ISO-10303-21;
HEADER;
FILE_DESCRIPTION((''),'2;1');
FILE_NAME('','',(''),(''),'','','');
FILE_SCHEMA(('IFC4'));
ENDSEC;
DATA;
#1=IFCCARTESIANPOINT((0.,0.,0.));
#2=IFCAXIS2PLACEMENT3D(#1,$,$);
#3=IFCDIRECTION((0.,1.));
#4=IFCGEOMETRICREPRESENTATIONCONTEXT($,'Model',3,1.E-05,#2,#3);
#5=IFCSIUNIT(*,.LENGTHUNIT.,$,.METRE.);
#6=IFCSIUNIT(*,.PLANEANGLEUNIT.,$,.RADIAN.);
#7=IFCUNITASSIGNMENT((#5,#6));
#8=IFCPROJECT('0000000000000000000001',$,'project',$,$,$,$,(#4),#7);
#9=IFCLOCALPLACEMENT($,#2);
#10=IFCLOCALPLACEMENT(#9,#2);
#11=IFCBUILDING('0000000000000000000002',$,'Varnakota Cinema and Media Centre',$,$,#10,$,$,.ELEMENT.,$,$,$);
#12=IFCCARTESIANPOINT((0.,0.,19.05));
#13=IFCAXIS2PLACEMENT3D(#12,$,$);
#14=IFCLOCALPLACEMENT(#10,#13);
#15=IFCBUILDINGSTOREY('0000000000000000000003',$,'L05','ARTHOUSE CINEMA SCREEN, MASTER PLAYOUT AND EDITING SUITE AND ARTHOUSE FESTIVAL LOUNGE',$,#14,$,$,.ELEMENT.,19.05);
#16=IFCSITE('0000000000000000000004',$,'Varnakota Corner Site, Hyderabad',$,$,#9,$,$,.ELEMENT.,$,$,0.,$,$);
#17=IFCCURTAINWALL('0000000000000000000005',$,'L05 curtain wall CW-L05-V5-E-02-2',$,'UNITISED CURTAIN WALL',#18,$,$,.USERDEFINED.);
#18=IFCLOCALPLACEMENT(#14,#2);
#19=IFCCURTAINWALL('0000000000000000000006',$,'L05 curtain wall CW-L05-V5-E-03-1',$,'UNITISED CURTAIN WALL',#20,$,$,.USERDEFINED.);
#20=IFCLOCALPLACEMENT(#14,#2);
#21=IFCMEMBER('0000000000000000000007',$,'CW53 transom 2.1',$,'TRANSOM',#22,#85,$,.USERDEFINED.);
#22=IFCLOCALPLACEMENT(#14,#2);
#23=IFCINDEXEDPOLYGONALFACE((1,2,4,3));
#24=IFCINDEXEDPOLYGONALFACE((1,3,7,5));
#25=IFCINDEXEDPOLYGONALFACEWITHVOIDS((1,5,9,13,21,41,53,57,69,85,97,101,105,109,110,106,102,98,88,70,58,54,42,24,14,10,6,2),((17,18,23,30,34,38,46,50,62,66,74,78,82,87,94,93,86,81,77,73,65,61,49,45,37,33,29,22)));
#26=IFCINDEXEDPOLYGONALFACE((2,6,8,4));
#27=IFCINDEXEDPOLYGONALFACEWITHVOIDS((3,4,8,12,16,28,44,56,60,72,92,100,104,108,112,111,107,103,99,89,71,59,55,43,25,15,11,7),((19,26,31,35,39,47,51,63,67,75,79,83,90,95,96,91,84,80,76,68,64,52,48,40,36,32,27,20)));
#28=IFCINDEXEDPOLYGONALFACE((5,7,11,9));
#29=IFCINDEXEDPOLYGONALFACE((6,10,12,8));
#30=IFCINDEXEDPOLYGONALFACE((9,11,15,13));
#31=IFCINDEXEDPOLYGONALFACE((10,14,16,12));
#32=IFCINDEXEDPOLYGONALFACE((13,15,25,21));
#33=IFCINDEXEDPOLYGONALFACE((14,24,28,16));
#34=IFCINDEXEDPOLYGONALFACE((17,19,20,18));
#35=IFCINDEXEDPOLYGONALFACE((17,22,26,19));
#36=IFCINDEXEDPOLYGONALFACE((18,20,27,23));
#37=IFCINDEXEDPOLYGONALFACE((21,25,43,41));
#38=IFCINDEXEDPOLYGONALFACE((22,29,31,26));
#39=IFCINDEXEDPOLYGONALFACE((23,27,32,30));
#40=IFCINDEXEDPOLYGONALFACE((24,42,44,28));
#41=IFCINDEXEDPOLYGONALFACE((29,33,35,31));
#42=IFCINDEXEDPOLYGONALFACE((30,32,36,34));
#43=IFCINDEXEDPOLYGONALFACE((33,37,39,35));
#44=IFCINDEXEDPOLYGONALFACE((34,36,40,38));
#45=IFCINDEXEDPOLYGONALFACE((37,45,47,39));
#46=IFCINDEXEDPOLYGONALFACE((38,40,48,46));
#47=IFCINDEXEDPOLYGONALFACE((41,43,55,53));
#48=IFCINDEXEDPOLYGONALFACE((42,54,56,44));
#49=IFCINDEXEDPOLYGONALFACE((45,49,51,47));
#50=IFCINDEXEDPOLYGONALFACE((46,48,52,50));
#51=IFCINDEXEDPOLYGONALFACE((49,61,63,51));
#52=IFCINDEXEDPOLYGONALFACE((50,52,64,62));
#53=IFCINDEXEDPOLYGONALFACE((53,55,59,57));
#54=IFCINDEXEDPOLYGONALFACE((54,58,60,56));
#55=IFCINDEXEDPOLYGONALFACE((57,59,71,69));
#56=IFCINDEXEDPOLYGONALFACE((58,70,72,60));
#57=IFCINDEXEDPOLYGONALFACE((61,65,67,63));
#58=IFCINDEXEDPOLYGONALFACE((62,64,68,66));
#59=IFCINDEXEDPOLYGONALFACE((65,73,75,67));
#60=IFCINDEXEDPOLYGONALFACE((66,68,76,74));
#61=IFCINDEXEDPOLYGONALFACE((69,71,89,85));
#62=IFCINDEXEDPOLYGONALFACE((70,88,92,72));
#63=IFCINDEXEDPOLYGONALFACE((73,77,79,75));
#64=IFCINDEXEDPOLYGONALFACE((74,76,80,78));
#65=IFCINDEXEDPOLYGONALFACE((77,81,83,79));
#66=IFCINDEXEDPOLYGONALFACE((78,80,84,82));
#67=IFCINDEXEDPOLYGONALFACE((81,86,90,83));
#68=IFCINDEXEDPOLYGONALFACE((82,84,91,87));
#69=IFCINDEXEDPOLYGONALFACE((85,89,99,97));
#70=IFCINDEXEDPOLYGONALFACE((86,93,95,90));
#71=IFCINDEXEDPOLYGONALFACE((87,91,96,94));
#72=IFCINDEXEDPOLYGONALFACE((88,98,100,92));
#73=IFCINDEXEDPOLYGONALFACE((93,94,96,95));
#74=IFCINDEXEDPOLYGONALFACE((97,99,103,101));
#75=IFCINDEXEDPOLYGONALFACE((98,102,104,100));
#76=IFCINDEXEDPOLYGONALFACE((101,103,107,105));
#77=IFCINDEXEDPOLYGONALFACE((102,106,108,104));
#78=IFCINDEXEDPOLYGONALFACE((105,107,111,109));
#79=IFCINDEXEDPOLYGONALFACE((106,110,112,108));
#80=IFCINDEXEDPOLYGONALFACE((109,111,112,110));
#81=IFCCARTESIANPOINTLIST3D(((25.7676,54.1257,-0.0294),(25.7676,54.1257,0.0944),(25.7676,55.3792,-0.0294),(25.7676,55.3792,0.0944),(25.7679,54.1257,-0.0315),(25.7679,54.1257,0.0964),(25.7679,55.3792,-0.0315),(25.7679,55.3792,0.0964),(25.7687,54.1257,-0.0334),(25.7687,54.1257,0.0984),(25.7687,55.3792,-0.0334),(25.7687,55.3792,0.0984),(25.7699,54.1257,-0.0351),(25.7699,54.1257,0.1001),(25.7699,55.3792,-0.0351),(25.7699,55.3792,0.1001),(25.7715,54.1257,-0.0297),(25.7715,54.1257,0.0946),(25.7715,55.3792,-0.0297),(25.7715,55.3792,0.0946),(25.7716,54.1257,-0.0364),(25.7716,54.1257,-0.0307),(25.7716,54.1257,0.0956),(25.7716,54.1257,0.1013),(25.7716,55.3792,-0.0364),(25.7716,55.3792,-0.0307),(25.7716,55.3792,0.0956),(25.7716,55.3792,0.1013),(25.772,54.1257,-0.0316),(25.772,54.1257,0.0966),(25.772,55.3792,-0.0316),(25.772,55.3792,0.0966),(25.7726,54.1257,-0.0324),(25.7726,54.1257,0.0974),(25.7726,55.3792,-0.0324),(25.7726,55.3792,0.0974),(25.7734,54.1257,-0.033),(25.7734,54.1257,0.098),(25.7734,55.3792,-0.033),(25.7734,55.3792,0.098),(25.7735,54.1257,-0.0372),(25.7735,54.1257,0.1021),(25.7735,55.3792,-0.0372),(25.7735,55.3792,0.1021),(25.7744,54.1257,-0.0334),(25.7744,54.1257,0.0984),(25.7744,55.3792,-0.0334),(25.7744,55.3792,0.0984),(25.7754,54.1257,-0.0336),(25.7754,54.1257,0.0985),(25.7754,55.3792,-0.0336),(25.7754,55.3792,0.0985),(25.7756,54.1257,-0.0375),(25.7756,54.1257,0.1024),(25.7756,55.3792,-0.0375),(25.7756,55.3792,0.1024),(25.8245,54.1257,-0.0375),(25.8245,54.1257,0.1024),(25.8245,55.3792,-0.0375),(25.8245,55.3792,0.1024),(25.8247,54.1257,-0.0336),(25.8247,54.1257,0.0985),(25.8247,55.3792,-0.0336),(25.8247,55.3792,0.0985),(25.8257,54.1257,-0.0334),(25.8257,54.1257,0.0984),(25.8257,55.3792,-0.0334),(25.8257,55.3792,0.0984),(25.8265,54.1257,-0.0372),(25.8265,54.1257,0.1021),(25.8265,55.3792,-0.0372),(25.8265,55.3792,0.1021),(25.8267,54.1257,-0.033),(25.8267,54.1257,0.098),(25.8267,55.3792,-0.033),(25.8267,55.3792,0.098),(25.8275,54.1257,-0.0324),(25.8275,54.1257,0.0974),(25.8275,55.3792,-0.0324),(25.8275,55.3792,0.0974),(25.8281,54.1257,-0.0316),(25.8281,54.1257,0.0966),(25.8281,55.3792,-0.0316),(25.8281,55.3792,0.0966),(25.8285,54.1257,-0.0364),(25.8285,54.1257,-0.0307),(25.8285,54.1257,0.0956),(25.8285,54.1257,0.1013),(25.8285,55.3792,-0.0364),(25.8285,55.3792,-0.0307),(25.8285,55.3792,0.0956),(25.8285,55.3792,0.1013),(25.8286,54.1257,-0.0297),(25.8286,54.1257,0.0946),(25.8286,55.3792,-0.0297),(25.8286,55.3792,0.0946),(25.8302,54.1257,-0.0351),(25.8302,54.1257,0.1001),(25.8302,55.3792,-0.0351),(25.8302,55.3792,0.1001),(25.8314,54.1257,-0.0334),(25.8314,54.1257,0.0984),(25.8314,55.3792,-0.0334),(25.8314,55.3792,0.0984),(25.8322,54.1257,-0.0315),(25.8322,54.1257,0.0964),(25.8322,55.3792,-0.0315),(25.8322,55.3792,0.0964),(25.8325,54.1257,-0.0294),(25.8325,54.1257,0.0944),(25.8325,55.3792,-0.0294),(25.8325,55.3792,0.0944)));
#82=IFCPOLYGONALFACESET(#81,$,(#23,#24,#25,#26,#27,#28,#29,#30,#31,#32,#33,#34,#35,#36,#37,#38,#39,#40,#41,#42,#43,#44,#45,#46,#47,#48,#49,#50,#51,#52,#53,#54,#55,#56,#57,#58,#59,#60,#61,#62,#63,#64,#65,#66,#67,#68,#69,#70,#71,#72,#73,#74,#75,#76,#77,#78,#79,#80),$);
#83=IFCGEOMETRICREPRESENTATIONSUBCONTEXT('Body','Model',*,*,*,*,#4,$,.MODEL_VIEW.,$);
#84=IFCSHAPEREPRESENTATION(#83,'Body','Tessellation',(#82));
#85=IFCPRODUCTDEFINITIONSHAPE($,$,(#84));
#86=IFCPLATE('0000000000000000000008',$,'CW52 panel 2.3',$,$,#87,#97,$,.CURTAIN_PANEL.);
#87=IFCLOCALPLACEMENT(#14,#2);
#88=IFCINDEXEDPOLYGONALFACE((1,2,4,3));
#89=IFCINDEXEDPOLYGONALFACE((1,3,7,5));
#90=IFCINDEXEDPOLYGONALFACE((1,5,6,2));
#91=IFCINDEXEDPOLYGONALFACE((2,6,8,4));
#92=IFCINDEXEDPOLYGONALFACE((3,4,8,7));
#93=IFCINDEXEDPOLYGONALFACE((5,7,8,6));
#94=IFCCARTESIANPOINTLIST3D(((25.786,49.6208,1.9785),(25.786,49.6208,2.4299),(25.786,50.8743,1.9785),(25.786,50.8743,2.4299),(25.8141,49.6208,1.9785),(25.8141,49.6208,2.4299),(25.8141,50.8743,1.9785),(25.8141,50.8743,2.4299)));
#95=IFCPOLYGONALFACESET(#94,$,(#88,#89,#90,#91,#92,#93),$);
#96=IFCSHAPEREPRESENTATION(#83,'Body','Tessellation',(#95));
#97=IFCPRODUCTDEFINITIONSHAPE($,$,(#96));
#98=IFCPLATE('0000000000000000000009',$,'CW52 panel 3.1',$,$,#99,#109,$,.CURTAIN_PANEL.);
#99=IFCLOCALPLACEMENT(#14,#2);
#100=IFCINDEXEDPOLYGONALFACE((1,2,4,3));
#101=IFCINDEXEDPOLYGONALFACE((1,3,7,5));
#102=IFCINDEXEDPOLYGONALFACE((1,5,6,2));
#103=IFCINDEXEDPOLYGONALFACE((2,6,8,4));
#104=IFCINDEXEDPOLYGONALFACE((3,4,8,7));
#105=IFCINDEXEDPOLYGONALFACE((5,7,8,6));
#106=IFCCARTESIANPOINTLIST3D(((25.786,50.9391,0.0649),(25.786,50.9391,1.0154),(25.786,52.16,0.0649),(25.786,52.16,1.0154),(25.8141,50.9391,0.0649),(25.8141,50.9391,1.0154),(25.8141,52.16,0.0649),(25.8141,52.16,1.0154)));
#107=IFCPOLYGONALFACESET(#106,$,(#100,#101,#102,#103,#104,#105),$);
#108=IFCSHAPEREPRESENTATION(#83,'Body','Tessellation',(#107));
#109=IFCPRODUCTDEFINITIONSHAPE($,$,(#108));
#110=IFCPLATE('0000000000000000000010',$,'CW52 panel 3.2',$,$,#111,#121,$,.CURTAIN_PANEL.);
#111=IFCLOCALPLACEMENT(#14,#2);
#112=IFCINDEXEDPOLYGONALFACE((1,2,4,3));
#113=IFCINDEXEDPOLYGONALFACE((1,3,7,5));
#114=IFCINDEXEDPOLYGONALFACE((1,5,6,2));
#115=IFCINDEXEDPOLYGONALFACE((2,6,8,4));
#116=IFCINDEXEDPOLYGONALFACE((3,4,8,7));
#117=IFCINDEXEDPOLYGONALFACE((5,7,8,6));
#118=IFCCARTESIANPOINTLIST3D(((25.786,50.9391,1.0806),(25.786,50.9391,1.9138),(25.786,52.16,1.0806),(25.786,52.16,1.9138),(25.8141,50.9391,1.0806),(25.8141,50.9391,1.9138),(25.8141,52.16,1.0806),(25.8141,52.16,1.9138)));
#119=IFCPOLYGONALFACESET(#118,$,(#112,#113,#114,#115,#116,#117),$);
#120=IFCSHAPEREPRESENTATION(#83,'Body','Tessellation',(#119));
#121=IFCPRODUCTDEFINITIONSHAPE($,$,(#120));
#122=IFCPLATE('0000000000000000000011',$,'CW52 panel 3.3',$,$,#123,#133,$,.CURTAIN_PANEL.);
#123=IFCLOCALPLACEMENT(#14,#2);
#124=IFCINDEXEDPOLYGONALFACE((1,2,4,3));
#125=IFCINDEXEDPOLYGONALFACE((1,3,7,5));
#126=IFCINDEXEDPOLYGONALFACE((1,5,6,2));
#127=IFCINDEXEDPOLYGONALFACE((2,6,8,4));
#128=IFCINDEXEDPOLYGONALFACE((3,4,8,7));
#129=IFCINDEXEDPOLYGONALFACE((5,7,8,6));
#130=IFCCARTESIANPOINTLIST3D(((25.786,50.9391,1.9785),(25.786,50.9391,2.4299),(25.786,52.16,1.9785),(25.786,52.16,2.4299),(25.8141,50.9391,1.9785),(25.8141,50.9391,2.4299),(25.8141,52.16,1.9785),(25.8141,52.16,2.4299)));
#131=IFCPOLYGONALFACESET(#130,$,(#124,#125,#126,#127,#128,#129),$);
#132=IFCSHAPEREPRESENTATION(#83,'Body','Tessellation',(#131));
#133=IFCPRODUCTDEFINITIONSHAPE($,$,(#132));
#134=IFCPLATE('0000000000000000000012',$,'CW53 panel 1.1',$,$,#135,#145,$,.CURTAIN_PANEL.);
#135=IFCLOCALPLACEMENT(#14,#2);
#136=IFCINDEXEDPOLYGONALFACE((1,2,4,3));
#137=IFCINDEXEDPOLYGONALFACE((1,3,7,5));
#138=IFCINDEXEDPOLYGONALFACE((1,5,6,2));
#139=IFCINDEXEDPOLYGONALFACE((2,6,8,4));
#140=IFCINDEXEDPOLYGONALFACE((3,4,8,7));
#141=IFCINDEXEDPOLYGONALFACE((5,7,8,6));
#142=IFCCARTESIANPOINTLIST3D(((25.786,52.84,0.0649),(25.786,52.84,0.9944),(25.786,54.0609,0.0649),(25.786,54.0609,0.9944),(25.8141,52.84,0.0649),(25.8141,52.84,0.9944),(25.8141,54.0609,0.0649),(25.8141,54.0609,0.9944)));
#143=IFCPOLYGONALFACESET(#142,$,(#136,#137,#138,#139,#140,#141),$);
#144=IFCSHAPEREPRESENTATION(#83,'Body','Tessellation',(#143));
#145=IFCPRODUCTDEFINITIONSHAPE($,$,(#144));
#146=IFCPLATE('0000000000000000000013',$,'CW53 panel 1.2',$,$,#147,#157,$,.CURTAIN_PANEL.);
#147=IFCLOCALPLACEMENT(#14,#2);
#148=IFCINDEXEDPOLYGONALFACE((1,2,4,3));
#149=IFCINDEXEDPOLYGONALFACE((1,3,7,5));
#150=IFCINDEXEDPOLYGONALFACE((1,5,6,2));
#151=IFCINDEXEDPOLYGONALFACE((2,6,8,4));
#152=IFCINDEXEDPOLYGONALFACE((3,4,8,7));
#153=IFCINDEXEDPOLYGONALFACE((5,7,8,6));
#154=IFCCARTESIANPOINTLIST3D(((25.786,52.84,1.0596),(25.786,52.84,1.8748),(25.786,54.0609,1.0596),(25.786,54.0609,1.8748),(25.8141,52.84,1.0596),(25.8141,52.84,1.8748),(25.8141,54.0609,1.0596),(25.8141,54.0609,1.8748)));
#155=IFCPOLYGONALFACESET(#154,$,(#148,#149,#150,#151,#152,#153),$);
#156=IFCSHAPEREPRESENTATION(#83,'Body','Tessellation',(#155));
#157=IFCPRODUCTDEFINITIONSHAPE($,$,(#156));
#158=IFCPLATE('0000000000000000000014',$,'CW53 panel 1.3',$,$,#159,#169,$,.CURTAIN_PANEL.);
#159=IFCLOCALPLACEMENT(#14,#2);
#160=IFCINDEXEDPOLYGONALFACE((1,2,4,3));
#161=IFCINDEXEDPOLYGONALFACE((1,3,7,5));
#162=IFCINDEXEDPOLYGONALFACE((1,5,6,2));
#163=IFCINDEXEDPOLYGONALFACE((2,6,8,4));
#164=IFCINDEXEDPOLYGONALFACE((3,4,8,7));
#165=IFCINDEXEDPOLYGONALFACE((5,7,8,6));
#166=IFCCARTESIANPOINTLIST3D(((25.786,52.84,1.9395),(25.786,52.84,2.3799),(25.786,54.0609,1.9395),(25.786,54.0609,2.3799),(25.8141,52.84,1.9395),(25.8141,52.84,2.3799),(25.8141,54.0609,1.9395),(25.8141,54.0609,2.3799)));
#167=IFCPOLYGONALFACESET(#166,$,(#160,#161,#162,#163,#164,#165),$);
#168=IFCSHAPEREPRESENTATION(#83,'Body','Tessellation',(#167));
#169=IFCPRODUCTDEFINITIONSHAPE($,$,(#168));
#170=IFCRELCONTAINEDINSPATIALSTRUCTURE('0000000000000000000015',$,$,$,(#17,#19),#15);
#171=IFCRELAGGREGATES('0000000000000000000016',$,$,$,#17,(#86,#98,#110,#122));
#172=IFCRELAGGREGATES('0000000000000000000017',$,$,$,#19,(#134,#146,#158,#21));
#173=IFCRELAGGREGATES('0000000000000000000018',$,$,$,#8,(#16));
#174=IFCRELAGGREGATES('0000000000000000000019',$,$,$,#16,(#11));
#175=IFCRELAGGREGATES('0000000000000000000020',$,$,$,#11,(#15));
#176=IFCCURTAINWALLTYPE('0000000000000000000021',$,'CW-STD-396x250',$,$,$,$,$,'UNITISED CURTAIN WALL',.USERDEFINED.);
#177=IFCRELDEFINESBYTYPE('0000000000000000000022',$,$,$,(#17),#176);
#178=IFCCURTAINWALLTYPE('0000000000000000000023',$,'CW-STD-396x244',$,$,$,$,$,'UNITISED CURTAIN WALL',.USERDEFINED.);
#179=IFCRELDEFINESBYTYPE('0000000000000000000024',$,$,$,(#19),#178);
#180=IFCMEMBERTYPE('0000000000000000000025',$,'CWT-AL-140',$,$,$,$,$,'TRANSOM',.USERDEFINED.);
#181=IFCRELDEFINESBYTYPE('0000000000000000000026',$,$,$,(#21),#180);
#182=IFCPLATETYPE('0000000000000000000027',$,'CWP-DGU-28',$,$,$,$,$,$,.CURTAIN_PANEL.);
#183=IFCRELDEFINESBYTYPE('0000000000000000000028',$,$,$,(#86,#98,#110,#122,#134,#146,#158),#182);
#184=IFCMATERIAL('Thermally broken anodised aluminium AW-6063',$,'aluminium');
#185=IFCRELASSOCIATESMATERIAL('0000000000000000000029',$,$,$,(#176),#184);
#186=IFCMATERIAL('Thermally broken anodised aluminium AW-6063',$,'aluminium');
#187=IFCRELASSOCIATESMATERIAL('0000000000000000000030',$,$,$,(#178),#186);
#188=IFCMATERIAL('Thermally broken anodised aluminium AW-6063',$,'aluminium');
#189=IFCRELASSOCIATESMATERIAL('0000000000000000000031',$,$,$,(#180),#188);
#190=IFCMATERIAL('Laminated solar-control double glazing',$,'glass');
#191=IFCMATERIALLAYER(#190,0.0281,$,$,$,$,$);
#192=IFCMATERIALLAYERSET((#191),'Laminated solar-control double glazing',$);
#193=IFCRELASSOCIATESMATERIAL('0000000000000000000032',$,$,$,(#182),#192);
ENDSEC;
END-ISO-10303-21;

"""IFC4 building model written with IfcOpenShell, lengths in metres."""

from ifc_helpers import new_model, si_unit, direction, frame, origin, origin_2d, place, context, subcontext, project, spatial, rectangle, hollow_rectangle, extrude, material, layer, layer_set, material_profile, profile_set, type_object, element, aggregate, save


model = new_model("IFC4")

# Units and contexts
model_context = context("Model", 3, precision=1e-05, world=origin(), true_north=direction((0.0, 1.0)))
body_context = subcontext(model_context, "Body", "Model", "MODEL_VIEW")
ifc_project = project(units=[si_unit("LENGTHUNIT", "METRE"), si_unit("PLANEANGLEUNIT", "RADIAN")], contexts=[model_context])

# Site, building, storey
site_placement = place(None, origin())
site = spatial("IfcSite", under=ifc_project, at=site_placement, Name="Varnakota Corner Site, Hyderabad", CompositionType="ELEMENT", RefElevation=0.0)
building_placement = place(site_placement, origin())
building = spatial("IfcBuilding", under=site, at=building_placement, Name="Varnakota Cinema and Media Centre", CompositionType="ELEMENT")
storey_placement = place(building_placement, frame((0.0, 0.0, 19.05)))
storey = spatial("IfcBuildingStorey", under=building, at=storey_placement, Name="L05", Description="ARTHOUSE CINEMA SCREEN, MASTER PLAYOUT AND EDITING SUITE AND ARTHOUSE FESTIVAL LOUNGE", CompositionType="ELEMENT", Elevation=19.05)

# Curtain walls
ifc_material_1 = material(Name="Thermally broken anodised aluminium AW-6063", Category="aluminium")
curtain_wall_type_1 = type_object("IfcCurtainWallType", Name="CW-STD-396x250", ElementType="UNITISED CURTAIN WALL", PredefinedType="USERDEFINED", material=ifc_material_1)
curtain_wall_1_placement = place(storey_placement, origin())
curtain_wall_1 = element("IfcCurtainWall", 1, at=curtain_wall_1_placement, inside=storey, type_object=curtain_wall_type_1, Name="L05 curtain wall CW-L05-V5-E-02-2", ObjectType="UNITISED CURTAIN WALL", PredefinedType="USERDEFINED")
ifc_material_2 = material(Name="Thermally broken anodised aluminium AW-6063", Category="aluminium")
curtain_wall_type_2 = type_object("IfcCurtainWallType", Name="CW-STD-396x244", ElementType="UNITISED CURTAIN WALL", PredefinedType="USERDEFINED", material=ifc_material_2)
curtain_wall_2_placement = place(storey_placement, origin())
curtain_wall_2 = element("IfcCurtainWall", 2, at=curtain_wall_2_placement, inside=storey, type_object=curtain_wall_type_2, Name="L05 curtain wall CW-L05-V5-E-03-1", ObjectType="UNITISED CURTAIN WALL", PredefinedType="USERDEFINED")

# Member
ifc_material_3 = material(Name="Thermally broken anodised aluminium AW-6063", Category="aluminium")
ifc_material_profile_1 = material_profile(ifc_material_3, hollow_rectangle(XDim=0.0649, YDim=0.1399, WallThickness=0.0039, InnerFilletRadius=0.0039, OuterFilletRadius=0.0081, at=origin_2d()), Name="AL-TRANSOM 140x65x4")
ifc_profile_set_1 = profile_set([ifc_material_profile_1], Name="Thermally broken anodised aluminium AW-6063")
member_type_1 = type_object("IfcMemberType", Name="CWT-AL-140", ElementType="TRANSOM", PredefinedType="USERDEFINED", material=ifc_profile_set_1)
member_1_placement = place(storey_placement, frame((25.8, 54.1257, 0.0325), z_axis=(0.0, 1.0, 0.0), x_axis=(-1.0, 0.0, 0.0)))
member_1 = element("IfcMember", 3, at=member_1_placement, type_object=member_type_1, Name="CW53 transom 2.1", ObjectType="TRANSOM", PredefinedType="USERDEFINED", context=body_context, shape_type="SweptSolid", body=[
    extrude(hollow_rectangle(XDim=0.0649, YDim=0.1399, WallThickness=0.0039, InnerFilletRadius=0.0039, OuterFilletRadius=0.0081, at=origin_2d()), origin(), (0.0, 0.0, 1.0), 1.2534),
])

# Plates
ifc_material_4 = material(Name="Laminated solar-control double glazing", Category="glass")
ifc_layer = layer(ifc_material_4, 0.0281)
ifc_layer_set = layer_set([ifc_layer], Name="Laminated solar-control double glazing")
plate_type = type_object("IfcPlateType", Name="CWP-DGU-28", PredefinedType="CURTAIN_PANEL", material=ifc_layer_set)
plate_1_placement = place(storey_placement, frame((25.8, 50.2476, 1.9785), z_axis=(0.0, 0.0, 1.0), x_axis=(0.0, 1.0, 0.0)))
plate_1 = element("IfcPlate", 4, at=plate_1_placement, type_object=plate_type, Name="CW52 panel 2.3", PredefinedType="CURTAIN_PANEL", context=body_context, shape_type="SweptSolid", body=[
    extrude(rectangle(XDim=1.2534, YDim=0.0281, at=origin_2d()), origin(), (0.0, 0.0, 1.0), 0.4514),
])
plate_2_placement = place(storey_placement, frame((25.8, 51.5496, 0.0649), z_axis=(0.0, 0.0, 1.0), x_axis=(0.0, 1.0, 0.0)))
plate_2 = element("IfcPlate", 5, at=plate_2_placement, type_object=plate_type, Name="CW52 panel 3.1", PredefinedType="CURTAIN_PANEL", context=body_context, shape_type="SweptSolid", body=[
    extrude(rectangle(XDim=1.2209, YDim=0.0281, at=origin_2d()), origin(), (0.0, 0.0, 1.0), 0.9504),
])
plate_3_placement = place(storey_placement, frame((25.8, 51.5496, 1.0806), z_axis=(0.0, 0.0, 1.0), x_axis=(0.0, 1.0, 0.0)))
plate_3 = element("IfcPlate", 6, at=plate_3_placement, type_object=plate_type, Name="CW52 panel 3.2", PredefinedType="CURTAIN_PANEL", context=body_context, shape_type="SweptSolid", body=[
    extrude(rectangle(XDim=1.2209, YDim=0.0281, at=origin_2d()), origin(), (0.0, 0.0, 1.0), 0.8333),
])
plate_4_placement = place(storey_placement, frame((25.8, 51.5496, 1.9785), z_axis=(0.0, 0.0, 1.0), x_axis=(0.0, 1.0, 0.0)))
plate_4 = element("IfcPlate", 7, at=plate_4_placement, type_object=plate_type, Name="CW52 panel 3.3", PredefinedType="CURTAIN_PANEL", context=body_context, shape_type="SweptSolid", body=[
    extrude(rectangle(XDim=1.2209, YDim=0.0281, at=origin_2d()), origin(), (0.0, 0.0, 1.0), 0.4514),
])
aggregate(curtain_wall_1, [plate_1, plate_2, plate_3, plate_4])
plate_5_placement = place(storey_placement, frame((25.8, 53.4504, 0.0649), z_axis=(0.0, 0.0, 1.0), x_axis=(0.0, 1.0, 0.0)))
plate_5 = element("IfcPlate", 8, at=plate_5_placement, type_object=plate_type, Name="CW53 panel 1.1", PredefinedType="CURTAIN_PANEL", context=body_context, shape_type="SweptSolid", body=[
    extrude(rectangle(XDim=1.2209, YDim=0.0281, at=origin_2d()), origin(), (0.0, 0.0, 1.0), 0.9294),
])
plate_6_placement = place(storey_placement, frame((25.8, 53.4504, 1.0596), z_axis=(0.0, 0.0, 1.0), x_axis=(0.0, 1.0, 0.0)))
plate_6 = element("IfcPlate", 9, at=plate_6_placement, type_object=plate_type, Name="CW53 panel 1.2", PredefinedType="CURTAIN_PANEL", context=body_context, shape_type="SweptSolid", body=[
    extrude(rectangle(XDim=1.2209, YDim=0.0281, at=origin_2d()), origin(), (0.0, 0.0, 1.0), 0.8152),
])
plate_7_placement = place(storey_placement, frame((25.8, 53.4504, 1.9395), z_axis=(0.0, 0.0, 1.0), x_axis=(0.0, 1.0, 0.0)))
plate_7 = element("IfcPlate", 10, at=plate_7_placement, type_object=plate_type, Name="CW53 panel 1.3", PredefinedType="CURTAIN_PANEL", context=body_context, shape_type="SweptSolid", body=[
    extrude(rectangle(XDim=1.2209, YDim=0.0281, at=origin_2d()), origin(), (0.0, 0.0, 1.0), 0.4404),
])
aggregate(curtain_wall_2, [plate_5, plate_6, plate_7, member_1])

save(model, "model.ifc")
